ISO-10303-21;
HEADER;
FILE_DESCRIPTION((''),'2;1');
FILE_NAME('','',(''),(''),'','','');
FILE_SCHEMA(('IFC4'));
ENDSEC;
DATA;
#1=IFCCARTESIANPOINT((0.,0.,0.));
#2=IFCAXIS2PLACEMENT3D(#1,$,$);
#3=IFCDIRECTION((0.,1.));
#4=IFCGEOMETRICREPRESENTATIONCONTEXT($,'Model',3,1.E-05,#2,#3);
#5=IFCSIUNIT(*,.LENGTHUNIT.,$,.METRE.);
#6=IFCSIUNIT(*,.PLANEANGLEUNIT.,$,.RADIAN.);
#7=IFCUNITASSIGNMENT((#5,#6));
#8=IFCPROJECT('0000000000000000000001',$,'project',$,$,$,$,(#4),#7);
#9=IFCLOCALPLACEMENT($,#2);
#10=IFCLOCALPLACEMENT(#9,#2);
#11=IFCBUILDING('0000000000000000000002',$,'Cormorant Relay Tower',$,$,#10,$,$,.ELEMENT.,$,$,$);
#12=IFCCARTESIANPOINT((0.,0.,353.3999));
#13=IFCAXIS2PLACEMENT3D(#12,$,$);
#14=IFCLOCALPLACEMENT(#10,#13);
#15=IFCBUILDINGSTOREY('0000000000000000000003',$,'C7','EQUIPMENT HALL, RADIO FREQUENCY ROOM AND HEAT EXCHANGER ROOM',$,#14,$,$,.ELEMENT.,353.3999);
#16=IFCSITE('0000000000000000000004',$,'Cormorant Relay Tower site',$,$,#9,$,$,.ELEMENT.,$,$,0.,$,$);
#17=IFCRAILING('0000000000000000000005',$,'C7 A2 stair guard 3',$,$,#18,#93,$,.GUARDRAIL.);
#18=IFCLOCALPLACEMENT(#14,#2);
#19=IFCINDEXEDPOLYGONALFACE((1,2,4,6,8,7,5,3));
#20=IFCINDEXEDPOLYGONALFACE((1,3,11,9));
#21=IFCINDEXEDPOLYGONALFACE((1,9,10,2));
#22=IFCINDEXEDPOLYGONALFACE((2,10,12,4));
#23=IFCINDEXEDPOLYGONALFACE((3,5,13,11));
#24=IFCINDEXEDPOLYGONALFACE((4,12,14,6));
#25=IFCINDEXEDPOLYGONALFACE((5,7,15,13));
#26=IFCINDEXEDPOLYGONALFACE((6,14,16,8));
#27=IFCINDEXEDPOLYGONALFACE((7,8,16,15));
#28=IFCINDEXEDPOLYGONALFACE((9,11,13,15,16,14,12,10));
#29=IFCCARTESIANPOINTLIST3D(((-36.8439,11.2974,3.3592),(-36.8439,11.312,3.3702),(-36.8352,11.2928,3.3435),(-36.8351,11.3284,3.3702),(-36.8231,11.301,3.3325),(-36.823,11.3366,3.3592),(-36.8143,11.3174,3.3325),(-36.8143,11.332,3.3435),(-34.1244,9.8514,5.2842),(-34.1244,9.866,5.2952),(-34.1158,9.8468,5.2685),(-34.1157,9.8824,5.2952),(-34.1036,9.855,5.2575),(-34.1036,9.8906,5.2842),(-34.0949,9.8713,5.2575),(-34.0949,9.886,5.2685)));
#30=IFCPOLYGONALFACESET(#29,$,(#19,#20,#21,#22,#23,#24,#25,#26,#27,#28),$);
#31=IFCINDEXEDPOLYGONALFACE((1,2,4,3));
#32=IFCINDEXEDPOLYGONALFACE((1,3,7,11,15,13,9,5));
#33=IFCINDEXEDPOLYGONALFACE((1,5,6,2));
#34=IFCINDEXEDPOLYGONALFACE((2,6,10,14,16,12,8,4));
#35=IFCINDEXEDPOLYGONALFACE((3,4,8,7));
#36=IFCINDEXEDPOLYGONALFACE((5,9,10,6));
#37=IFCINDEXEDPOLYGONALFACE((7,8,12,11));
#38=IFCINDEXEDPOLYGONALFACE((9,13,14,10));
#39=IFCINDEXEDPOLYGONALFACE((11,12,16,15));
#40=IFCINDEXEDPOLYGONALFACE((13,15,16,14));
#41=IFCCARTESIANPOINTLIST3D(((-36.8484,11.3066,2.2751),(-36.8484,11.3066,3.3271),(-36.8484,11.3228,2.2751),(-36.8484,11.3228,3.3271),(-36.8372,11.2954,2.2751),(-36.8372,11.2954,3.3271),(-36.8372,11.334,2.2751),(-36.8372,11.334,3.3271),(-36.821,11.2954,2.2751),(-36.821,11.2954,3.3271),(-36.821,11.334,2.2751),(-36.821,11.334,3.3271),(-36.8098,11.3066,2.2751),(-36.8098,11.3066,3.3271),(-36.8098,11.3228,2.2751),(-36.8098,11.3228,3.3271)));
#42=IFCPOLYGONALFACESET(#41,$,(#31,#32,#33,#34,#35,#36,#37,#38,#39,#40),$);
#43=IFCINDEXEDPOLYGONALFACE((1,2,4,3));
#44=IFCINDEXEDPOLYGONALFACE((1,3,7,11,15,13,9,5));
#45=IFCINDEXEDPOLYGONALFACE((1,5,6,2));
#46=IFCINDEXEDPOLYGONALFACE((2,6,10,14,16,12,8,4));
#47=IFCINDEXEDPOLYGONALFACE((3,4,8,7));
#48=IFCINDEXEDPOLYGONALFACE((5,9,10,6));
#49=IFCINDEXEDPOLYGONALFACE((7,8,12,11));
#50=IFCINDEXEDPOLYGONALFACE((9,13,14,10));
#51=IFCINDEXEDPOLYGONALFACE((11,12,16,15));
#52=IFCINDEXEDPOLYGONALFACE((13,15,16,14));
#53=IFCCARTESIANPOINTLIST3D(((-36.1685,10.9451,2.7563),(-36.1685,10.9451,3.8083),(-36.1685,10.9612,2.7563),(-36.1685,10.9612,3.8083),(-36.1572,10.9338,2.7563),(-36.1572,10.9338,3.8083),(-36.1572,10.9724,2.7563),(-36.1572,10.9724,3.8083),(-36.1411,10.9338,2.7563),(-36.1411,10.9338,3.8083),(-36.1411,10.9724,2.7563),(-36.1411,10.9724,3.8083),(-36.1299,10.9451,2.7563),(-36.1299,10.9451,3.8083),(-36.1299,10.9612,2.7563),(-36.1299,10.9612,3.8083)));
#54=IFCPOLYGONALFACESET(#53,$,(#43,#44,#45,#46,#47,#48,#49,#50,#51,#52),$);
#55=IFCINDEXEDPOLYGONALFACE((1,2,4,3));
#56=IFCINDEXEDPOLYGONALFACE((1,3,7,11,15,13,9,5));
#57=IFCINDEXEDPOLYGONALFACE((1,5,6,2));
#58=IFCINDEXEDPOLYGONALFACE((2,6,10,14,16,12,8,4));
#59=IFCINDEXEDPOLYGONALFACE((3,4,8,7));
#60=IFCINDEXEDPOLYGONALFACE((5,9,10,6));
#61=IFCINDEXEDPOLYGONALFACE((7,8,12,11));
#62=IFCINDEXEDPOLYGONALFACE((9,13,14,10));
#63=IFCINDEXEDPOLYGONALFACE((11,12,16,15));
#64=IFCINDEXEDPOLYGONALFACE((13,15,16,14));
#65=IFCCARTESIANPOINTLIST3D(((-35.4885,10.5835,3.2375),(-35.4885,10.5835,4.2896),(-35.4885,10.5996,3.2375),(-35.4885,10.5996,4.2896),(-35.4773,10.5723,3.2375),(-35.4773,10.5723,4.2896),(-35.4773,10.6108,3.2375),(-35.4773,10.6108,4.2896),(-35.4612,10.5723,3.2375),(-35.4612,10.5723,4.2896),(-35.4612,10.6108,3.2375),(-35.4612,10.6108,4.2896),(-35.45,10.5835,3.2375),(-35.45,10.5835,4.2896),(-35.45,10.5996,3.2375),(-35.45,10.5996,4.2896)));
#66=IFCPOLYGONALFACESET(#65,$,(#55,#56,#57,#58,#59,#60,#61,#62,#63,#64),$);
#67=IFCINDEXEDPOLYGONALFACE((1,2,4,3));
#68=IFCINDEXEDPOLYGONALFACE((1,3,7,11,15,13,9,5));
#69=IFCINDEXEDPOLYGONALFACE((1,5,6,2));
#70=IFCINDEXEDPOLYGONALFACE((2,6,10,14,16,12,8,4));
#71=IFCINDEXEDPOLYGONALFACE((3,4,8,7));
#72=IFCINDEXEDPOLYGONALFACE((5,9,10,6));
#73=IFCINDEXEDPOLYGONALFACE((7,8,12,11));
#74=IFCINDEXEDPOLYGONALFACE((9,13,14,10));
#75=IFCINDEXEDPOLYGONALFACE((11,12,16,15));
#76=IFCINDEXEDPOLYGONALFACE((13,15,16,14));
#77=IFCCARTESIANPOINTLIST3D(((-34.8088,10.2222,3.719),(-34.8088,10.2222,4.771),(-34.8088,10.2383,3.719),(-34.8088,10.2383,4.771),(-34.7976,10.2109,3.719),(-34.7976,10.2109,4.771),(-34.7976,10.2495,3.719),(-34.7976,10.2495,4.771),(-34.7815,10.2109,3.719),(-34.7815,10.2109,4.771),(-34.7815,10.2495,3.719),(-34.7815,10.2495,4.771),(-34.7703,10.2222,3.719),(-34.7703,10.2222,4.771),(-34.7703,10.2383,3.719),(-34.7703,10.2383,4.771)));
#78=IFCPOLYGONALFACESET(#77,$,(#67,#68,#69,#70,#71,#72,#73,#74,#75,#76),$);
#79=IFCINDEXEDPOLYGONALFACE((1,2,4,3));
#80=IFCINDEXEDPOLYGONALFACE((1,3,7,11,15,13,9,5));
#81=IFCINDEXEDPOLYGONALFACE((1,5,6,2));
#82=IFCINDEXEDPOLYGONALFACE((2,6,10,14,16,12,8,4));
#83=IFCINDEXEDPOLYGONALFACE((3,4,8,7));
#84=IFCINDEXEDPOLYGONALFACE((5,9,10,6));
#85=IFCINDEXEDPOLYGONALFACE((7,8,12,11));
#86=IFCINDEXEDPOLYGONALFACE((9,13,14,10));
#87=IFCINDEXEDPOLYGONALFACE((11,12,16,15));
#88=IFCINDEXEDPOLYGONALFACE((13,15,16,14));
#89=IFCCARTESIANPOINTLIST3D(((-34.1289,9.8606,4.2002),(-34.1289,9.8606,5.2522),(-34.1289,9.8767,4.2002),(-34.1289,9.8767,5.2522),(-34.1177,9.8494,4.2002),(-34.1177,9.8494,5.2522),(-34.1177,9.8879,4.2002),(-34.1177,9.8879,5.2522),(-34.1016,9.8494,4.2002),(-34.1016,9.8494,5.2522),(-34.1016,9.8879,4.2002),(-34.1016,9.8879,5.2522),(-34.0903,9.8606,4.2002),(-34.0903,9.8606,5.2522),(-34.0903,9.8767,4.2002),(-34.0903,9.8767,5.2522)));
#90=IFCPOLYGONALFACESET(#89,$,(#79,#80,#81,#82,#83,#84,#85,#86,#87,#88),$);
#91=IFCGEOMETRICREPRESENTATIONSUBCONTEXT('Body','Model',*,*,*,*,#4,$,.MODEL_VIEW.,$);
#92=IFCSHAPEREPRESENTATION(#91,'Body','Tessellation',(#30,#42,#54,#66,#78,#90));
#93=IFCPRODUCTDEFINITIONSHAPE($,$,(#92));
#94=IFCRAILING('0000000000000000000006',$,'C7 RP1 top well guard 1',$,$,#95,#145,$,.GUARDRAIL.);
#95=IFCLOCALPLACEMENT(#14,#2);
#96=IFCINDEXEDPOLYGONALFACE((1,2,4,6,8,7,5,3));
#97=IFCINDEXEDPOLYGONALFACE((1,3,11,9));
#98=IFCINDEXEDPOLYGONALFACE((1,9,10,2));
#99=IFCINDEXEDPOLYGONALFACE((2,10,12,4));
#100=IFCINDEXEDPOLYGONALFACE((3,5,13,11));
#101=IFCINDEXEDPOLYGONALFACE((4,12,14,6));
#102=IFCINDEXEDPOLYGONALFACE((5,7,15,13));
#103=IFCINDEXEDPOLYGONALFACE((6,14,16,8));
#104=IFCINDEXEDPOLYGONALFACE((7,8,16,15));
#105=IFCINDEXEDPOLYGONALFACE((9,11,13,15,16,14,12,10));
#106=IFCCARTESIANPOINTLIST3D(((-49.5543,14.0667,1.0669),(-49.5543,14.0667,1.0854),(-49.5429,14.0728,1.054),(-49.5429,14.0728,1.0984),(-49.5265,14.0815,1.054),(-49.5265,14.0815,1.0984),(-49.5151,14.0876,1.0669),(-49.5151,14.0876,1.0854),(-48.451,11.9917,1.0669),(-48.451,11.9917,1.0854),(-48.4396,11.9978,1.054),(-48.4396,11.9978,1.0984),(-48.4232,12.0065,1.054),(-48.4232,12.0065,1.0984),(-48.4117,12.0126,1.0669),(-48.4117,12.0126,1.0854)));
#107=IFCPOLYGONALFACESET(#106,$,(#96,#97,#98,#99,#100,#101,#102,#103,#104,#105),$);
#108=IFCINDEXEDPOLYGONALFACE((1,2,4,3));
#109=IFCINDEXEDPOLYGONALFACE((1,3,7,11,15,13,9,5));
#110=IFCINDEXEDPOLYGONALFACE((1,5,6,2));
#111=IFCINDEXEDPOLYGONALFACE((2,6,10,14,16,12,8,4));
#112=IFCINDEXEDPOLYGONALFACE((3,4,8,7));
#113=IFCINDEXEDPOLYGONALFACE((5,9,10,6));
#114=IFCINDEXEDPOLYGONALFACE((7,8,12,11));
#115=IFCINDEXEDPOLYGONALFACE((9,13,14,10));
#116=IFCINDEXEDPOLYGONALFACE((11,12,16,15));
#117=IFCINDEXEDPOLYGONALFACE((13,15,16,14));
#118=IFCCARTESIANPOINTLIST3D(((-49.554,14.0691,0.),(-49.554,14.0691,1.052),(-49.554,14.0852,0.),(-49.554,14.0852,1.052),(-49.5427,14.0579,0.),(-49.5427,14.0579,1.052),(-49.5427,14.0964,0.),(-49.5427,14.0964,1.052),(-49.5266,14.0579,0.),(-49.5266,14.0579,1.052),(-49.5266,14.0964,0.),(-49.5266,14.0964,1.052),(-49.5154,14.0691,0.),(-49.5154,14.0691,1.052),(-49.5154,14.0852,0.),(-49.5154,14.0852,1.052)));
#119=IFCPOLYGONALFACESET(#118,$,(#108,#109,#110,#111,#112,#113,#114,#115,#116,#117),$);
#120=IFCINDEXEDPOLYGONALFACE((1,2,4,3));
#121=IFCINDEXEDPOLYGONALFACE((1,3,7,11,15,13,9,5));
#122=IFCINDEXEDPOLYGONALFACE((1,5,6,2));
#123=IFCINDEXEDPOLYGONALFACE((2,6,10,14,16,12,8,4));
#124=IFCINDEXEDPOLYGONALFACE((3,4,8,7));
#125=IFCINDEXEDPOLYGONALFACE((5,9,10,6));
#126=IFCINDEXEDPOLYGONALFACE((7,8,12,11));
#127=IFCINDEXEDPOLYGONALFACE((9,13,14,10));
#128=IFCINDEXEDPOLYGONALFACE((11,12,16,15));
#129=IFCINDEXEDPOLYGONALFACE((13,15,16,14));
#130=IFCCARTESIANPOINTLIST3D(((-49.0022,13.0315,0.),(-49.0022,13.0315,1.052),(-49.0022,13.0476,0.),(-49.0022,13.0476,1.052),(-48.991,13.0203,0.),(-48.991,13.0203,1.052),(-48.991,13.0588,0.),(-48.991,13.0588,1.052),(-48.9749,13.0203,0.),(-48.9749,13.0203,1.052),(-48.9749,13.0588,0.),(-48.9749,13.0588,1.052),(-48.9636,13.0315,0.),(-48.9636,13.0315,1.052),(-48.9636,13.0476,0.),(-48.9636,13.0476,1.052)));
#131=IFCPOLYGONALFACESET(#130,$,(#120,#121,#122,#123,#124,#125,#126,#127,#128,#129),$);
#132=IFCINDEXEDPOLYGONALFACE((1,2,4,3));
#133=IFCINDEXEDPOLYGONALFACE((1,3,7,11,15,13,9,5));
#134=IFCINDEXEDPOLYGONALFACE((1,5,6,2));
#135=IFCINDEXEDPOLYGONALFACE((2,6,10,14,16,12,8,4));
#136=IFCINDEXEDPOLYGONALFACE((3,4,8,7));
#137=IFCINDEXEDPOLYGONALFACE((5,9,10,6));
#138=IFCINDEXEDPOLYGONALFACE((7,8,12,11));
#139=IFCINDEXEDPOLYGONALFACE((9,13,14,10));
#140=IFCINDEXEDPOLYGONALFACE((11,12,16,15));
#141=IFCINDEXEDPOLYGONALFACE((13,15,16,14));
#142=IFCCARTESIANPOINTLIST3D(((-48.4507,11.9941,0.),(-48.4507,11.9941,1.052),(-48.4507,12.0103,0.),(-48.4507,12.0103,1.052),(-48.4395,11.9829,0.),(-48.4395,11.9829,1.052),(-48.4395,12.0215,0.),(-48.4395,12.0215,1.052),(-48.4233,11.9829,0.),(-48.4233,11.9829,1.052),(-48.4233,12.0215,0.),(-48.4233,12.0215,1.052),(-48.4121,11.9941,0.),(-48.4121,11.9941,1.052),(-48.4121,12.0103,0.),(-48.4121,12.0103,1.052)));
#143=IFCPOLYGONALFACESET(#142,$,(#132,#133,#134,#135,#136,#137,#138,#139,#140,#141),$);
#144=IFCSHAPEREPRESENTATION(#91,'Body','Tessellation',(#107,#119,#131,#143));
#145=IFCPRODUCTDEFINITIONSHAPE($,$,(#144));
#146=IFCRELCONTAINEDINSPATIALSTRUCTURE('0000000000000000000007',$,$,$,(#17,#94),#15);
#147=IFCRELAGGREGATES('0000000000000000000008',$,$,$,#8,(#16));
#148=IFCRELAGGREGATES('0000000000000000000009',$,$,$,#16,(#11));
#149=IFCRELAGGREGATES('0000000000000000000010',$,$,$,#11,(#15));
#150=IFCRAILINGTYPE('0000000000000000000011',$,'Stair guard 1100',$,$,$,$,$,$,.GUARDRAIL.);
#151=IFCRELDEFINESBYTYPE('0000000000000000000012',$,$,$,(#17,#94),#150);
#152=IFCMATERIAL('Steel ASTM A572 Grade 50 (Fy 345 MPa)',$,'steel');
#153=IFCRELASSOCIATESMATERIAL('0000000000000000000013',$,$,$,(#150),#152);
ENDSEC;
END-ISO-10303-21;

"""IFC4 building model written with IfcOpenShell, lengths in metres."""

from ifc_helpers import new_model, si_unit, direction, frame, origin, place, context, subcontext, project, spatial, polyline, outline, extrude, material, type_object, element, save


model = new_model("IFC4")

# Units and contexts
model_context = context("Model", 3, precision=1e-05, world=origin(), true_north=direction((0.0, 1.0)))
body_context = subcontext(model_context, "Body", "Model", "MODEL_VIEW")
ifc_project = project(units=[si_unit("LENGTHUNIT", "METRE"), si_unit("PLANEANGLEUNIT", "RADIAN")], contexts=[model_context])

# Site, building, storey
site_placement = place(None, origin())
site = spatial("IfcSite", under=ifc_project, at=site_placement, Name="Cormorant Relay Tower site", CompositionType="ELEMENT", RefElevation=0.0)
building_placement = place(site_placement, origin())
building = spatial("IfcBuilding", under=site, at=building_placement, Name="Cormorant Relay Tower", CompositionType="ELEMENT")
storey_placement = place(building_placement, frame((0.0, 0.0, 353.3999)))
storey = spatial("IfcBuildingStorey", under=building, at=storey_placement, Name="C7", Description="EQUIPMENT HALL, RADIO FREQUENCY ROOM AND HEAT EXCHANGER ROOM", CompositionType="ELEMENT", Elevation=353.3999)

# Railings
ifc_material_1 = material(Name="Steel ASTM A572 Grade 50 (Fy 345 MPa)", Category="steel")
railing_type_1 = type_object("IfcRailingType", Name="Stair guard 1100", PredefinedType="GUARDRAIL", material=ifc_material_1)
railing_1_placement = place(storey_placement, frame((-36.8291, 11.3147, 2.2751)))
element("IfcRailing", 1, at=railing_1_placement, inside=storey, type_object=railing_type_1, Name="C7 A2 stair guard 3", PredefinedType="GUARDRAIL", context=body_context, shape_type="SweptSolid", body=[
    extrude(outline(polyline([(0.0222, 0.0093), (0.0093, 0.0222), (-0.0093, 0.0222), (-0.0222, 0.0093), (-0.0222, -0.0093), (-0.0093, -0.0222), (0.0093, -0.0222), (0.0222, -0.0093), (0.0222, 0.0093)])), frame((0.0, 0.0, 1.0762), z_axis=(0.748727, -0.398125, 0.530004), x_axis=(0.469489, 0.882938, 0.0)), (0.0, 0.0, 1.0), 3.6321),
    extrude(outline(polyline([(0.0193, 0.0081), (0.0081, 0.0193), (-0.0081, 0.0193), (-0.0193, 0.0081), (-0.0193, -0.0081), (-0.0081, -0.0193), (0.0081, -0.0193), (0.0193, -0.0081), (0.0193, 0.0081)])), origin(), (0.0, 0.0, 1.0), 1.052),
    extrude(outline(polyline([(0.0193, 0.0081), (0.0081, 0.0193), (-0.0081, 0.0193), (-0.0193, 0.0081), (-0.0193, -0.0081), (-0.0081, -0.0193), (0.0081, -0.0193), (0.0193, -0.0081), (0.0193, 0.0081)])), frame((0.6799, -0.3616, 0.4812)), (0.0, 0.0, 1.0), 1.052),
    extrude(outline(polyline([(0.0193, 0.0081), (0.0081, 0.0193), (-0.0081, 0.0193), (-0.0193, 0.0081), (-0.0193, -0.0081), (-0.0081, -0.0193), (0.0081, -0.0193), (0.0193, -0.0081), (0.0193, 0.0081)])), frame((1.3599, -0.7231, 0.9624)), (0.0, 0.0, 1.0), 1.052),
    extrude(outline(polyline([(0.0193, 0.0081), (0.0081, 0.0193), (-0.0081, 0.0193), (-0.0193, 0.0081), (-0.0193, -0.0081), (-0.0081, -0.0193), (0.0081, -0.0193), (0.0193, -0.0081), (0.0193, 0.0081)])), frame((2.0396, -1.0845, 1.4438)), (0.0, 0.0, 1.0), 1.052),
    extrude(outline(polyline([(0.0193, 0.0081), (0.0081, 0.0193), (-0.0081, 0.0193), (-0.0193, 0.0081), (-0.0193, -0.0081), (-0.0081, -0.0193), (0.0081, -0.0193), (0.0193, -0.0081), (0.0193, 0.0081)])), frame((2.7195, -1.446, 1.925)), (0.0, 0.0, 1.0), 1.052),
])
railing_2_placement = place(storey_placement, frame((-49.5347, 14.0771, 0.0)))
element("IfcRailing", 2, at=railing_2_placement, inside=storey, type_object=railing_type_1, Name="C7 RP1 top well guard 1", PredefinedType="GUARDRAIL", context=body_context, shape_type="SweptSolid", body=[
    extrude(outline(polyline([(0.0222, 0.0093), (0.0093, 0.0222), (-0.0093, 0.0222), (-0.0222, 0.0093), (-0.0222, -0.0093), (-0.0093, -0.0222), (0.0093, -0.0222), (0.0222, -0.0093), (0.0222, 0.0093)])), frame((0.0, 0.0, 1.0762), z_axis=(0.469472, -0.882948, 0.0), x_axis=(0.882948, 0.469472, 0.0)), (0.0, 0.0, 1.0), 2.3501),
    extrude(outline(polyline([(0.0193, 0.0081), (0.0081, 0.0193), (-0.0081, 0.0193), (-0.0193, 0.0081), (-0.0193, -0.0081), (-0.0081, -0.0193), (0.0081, -0.0193), (0.0193, -0.0081), (0.0193, 0.0081)])), origin(), (0.0, 0.0, 1.0), 1.052),
    extrude(outline(polyline([(0.0193, 0.0081), (0.0081, 0.0193), (-0.0081, 0.0193), (-0.0193, 0.0081), (-0.0193, -0.0081), (-0.0081, -0.0193), (0.0081, -0.0193), (0.0193, -0.0081), (0.0193, 0.0081)])), frame((0.5518, -1.0376, 0.0)), (0.0, 0.0, 1.0), 1.052),
    extrude(outline(polyline([(0.0193, 0.0081), (0.0081, 0.0193), (-0.0081, 0.0193), (-0.0193, 0.0081), (-0.0193, -0.0081), (-0.0081, -0.0193), (0.0081, -0.0193), (0.0193, -0.0081), (0.0193, 0.0081)])), frame((1.1033, -2.075, 0.0)), (0.0, 0.0, 1.0), 1.052),
])

save(model, "model.ifc")
